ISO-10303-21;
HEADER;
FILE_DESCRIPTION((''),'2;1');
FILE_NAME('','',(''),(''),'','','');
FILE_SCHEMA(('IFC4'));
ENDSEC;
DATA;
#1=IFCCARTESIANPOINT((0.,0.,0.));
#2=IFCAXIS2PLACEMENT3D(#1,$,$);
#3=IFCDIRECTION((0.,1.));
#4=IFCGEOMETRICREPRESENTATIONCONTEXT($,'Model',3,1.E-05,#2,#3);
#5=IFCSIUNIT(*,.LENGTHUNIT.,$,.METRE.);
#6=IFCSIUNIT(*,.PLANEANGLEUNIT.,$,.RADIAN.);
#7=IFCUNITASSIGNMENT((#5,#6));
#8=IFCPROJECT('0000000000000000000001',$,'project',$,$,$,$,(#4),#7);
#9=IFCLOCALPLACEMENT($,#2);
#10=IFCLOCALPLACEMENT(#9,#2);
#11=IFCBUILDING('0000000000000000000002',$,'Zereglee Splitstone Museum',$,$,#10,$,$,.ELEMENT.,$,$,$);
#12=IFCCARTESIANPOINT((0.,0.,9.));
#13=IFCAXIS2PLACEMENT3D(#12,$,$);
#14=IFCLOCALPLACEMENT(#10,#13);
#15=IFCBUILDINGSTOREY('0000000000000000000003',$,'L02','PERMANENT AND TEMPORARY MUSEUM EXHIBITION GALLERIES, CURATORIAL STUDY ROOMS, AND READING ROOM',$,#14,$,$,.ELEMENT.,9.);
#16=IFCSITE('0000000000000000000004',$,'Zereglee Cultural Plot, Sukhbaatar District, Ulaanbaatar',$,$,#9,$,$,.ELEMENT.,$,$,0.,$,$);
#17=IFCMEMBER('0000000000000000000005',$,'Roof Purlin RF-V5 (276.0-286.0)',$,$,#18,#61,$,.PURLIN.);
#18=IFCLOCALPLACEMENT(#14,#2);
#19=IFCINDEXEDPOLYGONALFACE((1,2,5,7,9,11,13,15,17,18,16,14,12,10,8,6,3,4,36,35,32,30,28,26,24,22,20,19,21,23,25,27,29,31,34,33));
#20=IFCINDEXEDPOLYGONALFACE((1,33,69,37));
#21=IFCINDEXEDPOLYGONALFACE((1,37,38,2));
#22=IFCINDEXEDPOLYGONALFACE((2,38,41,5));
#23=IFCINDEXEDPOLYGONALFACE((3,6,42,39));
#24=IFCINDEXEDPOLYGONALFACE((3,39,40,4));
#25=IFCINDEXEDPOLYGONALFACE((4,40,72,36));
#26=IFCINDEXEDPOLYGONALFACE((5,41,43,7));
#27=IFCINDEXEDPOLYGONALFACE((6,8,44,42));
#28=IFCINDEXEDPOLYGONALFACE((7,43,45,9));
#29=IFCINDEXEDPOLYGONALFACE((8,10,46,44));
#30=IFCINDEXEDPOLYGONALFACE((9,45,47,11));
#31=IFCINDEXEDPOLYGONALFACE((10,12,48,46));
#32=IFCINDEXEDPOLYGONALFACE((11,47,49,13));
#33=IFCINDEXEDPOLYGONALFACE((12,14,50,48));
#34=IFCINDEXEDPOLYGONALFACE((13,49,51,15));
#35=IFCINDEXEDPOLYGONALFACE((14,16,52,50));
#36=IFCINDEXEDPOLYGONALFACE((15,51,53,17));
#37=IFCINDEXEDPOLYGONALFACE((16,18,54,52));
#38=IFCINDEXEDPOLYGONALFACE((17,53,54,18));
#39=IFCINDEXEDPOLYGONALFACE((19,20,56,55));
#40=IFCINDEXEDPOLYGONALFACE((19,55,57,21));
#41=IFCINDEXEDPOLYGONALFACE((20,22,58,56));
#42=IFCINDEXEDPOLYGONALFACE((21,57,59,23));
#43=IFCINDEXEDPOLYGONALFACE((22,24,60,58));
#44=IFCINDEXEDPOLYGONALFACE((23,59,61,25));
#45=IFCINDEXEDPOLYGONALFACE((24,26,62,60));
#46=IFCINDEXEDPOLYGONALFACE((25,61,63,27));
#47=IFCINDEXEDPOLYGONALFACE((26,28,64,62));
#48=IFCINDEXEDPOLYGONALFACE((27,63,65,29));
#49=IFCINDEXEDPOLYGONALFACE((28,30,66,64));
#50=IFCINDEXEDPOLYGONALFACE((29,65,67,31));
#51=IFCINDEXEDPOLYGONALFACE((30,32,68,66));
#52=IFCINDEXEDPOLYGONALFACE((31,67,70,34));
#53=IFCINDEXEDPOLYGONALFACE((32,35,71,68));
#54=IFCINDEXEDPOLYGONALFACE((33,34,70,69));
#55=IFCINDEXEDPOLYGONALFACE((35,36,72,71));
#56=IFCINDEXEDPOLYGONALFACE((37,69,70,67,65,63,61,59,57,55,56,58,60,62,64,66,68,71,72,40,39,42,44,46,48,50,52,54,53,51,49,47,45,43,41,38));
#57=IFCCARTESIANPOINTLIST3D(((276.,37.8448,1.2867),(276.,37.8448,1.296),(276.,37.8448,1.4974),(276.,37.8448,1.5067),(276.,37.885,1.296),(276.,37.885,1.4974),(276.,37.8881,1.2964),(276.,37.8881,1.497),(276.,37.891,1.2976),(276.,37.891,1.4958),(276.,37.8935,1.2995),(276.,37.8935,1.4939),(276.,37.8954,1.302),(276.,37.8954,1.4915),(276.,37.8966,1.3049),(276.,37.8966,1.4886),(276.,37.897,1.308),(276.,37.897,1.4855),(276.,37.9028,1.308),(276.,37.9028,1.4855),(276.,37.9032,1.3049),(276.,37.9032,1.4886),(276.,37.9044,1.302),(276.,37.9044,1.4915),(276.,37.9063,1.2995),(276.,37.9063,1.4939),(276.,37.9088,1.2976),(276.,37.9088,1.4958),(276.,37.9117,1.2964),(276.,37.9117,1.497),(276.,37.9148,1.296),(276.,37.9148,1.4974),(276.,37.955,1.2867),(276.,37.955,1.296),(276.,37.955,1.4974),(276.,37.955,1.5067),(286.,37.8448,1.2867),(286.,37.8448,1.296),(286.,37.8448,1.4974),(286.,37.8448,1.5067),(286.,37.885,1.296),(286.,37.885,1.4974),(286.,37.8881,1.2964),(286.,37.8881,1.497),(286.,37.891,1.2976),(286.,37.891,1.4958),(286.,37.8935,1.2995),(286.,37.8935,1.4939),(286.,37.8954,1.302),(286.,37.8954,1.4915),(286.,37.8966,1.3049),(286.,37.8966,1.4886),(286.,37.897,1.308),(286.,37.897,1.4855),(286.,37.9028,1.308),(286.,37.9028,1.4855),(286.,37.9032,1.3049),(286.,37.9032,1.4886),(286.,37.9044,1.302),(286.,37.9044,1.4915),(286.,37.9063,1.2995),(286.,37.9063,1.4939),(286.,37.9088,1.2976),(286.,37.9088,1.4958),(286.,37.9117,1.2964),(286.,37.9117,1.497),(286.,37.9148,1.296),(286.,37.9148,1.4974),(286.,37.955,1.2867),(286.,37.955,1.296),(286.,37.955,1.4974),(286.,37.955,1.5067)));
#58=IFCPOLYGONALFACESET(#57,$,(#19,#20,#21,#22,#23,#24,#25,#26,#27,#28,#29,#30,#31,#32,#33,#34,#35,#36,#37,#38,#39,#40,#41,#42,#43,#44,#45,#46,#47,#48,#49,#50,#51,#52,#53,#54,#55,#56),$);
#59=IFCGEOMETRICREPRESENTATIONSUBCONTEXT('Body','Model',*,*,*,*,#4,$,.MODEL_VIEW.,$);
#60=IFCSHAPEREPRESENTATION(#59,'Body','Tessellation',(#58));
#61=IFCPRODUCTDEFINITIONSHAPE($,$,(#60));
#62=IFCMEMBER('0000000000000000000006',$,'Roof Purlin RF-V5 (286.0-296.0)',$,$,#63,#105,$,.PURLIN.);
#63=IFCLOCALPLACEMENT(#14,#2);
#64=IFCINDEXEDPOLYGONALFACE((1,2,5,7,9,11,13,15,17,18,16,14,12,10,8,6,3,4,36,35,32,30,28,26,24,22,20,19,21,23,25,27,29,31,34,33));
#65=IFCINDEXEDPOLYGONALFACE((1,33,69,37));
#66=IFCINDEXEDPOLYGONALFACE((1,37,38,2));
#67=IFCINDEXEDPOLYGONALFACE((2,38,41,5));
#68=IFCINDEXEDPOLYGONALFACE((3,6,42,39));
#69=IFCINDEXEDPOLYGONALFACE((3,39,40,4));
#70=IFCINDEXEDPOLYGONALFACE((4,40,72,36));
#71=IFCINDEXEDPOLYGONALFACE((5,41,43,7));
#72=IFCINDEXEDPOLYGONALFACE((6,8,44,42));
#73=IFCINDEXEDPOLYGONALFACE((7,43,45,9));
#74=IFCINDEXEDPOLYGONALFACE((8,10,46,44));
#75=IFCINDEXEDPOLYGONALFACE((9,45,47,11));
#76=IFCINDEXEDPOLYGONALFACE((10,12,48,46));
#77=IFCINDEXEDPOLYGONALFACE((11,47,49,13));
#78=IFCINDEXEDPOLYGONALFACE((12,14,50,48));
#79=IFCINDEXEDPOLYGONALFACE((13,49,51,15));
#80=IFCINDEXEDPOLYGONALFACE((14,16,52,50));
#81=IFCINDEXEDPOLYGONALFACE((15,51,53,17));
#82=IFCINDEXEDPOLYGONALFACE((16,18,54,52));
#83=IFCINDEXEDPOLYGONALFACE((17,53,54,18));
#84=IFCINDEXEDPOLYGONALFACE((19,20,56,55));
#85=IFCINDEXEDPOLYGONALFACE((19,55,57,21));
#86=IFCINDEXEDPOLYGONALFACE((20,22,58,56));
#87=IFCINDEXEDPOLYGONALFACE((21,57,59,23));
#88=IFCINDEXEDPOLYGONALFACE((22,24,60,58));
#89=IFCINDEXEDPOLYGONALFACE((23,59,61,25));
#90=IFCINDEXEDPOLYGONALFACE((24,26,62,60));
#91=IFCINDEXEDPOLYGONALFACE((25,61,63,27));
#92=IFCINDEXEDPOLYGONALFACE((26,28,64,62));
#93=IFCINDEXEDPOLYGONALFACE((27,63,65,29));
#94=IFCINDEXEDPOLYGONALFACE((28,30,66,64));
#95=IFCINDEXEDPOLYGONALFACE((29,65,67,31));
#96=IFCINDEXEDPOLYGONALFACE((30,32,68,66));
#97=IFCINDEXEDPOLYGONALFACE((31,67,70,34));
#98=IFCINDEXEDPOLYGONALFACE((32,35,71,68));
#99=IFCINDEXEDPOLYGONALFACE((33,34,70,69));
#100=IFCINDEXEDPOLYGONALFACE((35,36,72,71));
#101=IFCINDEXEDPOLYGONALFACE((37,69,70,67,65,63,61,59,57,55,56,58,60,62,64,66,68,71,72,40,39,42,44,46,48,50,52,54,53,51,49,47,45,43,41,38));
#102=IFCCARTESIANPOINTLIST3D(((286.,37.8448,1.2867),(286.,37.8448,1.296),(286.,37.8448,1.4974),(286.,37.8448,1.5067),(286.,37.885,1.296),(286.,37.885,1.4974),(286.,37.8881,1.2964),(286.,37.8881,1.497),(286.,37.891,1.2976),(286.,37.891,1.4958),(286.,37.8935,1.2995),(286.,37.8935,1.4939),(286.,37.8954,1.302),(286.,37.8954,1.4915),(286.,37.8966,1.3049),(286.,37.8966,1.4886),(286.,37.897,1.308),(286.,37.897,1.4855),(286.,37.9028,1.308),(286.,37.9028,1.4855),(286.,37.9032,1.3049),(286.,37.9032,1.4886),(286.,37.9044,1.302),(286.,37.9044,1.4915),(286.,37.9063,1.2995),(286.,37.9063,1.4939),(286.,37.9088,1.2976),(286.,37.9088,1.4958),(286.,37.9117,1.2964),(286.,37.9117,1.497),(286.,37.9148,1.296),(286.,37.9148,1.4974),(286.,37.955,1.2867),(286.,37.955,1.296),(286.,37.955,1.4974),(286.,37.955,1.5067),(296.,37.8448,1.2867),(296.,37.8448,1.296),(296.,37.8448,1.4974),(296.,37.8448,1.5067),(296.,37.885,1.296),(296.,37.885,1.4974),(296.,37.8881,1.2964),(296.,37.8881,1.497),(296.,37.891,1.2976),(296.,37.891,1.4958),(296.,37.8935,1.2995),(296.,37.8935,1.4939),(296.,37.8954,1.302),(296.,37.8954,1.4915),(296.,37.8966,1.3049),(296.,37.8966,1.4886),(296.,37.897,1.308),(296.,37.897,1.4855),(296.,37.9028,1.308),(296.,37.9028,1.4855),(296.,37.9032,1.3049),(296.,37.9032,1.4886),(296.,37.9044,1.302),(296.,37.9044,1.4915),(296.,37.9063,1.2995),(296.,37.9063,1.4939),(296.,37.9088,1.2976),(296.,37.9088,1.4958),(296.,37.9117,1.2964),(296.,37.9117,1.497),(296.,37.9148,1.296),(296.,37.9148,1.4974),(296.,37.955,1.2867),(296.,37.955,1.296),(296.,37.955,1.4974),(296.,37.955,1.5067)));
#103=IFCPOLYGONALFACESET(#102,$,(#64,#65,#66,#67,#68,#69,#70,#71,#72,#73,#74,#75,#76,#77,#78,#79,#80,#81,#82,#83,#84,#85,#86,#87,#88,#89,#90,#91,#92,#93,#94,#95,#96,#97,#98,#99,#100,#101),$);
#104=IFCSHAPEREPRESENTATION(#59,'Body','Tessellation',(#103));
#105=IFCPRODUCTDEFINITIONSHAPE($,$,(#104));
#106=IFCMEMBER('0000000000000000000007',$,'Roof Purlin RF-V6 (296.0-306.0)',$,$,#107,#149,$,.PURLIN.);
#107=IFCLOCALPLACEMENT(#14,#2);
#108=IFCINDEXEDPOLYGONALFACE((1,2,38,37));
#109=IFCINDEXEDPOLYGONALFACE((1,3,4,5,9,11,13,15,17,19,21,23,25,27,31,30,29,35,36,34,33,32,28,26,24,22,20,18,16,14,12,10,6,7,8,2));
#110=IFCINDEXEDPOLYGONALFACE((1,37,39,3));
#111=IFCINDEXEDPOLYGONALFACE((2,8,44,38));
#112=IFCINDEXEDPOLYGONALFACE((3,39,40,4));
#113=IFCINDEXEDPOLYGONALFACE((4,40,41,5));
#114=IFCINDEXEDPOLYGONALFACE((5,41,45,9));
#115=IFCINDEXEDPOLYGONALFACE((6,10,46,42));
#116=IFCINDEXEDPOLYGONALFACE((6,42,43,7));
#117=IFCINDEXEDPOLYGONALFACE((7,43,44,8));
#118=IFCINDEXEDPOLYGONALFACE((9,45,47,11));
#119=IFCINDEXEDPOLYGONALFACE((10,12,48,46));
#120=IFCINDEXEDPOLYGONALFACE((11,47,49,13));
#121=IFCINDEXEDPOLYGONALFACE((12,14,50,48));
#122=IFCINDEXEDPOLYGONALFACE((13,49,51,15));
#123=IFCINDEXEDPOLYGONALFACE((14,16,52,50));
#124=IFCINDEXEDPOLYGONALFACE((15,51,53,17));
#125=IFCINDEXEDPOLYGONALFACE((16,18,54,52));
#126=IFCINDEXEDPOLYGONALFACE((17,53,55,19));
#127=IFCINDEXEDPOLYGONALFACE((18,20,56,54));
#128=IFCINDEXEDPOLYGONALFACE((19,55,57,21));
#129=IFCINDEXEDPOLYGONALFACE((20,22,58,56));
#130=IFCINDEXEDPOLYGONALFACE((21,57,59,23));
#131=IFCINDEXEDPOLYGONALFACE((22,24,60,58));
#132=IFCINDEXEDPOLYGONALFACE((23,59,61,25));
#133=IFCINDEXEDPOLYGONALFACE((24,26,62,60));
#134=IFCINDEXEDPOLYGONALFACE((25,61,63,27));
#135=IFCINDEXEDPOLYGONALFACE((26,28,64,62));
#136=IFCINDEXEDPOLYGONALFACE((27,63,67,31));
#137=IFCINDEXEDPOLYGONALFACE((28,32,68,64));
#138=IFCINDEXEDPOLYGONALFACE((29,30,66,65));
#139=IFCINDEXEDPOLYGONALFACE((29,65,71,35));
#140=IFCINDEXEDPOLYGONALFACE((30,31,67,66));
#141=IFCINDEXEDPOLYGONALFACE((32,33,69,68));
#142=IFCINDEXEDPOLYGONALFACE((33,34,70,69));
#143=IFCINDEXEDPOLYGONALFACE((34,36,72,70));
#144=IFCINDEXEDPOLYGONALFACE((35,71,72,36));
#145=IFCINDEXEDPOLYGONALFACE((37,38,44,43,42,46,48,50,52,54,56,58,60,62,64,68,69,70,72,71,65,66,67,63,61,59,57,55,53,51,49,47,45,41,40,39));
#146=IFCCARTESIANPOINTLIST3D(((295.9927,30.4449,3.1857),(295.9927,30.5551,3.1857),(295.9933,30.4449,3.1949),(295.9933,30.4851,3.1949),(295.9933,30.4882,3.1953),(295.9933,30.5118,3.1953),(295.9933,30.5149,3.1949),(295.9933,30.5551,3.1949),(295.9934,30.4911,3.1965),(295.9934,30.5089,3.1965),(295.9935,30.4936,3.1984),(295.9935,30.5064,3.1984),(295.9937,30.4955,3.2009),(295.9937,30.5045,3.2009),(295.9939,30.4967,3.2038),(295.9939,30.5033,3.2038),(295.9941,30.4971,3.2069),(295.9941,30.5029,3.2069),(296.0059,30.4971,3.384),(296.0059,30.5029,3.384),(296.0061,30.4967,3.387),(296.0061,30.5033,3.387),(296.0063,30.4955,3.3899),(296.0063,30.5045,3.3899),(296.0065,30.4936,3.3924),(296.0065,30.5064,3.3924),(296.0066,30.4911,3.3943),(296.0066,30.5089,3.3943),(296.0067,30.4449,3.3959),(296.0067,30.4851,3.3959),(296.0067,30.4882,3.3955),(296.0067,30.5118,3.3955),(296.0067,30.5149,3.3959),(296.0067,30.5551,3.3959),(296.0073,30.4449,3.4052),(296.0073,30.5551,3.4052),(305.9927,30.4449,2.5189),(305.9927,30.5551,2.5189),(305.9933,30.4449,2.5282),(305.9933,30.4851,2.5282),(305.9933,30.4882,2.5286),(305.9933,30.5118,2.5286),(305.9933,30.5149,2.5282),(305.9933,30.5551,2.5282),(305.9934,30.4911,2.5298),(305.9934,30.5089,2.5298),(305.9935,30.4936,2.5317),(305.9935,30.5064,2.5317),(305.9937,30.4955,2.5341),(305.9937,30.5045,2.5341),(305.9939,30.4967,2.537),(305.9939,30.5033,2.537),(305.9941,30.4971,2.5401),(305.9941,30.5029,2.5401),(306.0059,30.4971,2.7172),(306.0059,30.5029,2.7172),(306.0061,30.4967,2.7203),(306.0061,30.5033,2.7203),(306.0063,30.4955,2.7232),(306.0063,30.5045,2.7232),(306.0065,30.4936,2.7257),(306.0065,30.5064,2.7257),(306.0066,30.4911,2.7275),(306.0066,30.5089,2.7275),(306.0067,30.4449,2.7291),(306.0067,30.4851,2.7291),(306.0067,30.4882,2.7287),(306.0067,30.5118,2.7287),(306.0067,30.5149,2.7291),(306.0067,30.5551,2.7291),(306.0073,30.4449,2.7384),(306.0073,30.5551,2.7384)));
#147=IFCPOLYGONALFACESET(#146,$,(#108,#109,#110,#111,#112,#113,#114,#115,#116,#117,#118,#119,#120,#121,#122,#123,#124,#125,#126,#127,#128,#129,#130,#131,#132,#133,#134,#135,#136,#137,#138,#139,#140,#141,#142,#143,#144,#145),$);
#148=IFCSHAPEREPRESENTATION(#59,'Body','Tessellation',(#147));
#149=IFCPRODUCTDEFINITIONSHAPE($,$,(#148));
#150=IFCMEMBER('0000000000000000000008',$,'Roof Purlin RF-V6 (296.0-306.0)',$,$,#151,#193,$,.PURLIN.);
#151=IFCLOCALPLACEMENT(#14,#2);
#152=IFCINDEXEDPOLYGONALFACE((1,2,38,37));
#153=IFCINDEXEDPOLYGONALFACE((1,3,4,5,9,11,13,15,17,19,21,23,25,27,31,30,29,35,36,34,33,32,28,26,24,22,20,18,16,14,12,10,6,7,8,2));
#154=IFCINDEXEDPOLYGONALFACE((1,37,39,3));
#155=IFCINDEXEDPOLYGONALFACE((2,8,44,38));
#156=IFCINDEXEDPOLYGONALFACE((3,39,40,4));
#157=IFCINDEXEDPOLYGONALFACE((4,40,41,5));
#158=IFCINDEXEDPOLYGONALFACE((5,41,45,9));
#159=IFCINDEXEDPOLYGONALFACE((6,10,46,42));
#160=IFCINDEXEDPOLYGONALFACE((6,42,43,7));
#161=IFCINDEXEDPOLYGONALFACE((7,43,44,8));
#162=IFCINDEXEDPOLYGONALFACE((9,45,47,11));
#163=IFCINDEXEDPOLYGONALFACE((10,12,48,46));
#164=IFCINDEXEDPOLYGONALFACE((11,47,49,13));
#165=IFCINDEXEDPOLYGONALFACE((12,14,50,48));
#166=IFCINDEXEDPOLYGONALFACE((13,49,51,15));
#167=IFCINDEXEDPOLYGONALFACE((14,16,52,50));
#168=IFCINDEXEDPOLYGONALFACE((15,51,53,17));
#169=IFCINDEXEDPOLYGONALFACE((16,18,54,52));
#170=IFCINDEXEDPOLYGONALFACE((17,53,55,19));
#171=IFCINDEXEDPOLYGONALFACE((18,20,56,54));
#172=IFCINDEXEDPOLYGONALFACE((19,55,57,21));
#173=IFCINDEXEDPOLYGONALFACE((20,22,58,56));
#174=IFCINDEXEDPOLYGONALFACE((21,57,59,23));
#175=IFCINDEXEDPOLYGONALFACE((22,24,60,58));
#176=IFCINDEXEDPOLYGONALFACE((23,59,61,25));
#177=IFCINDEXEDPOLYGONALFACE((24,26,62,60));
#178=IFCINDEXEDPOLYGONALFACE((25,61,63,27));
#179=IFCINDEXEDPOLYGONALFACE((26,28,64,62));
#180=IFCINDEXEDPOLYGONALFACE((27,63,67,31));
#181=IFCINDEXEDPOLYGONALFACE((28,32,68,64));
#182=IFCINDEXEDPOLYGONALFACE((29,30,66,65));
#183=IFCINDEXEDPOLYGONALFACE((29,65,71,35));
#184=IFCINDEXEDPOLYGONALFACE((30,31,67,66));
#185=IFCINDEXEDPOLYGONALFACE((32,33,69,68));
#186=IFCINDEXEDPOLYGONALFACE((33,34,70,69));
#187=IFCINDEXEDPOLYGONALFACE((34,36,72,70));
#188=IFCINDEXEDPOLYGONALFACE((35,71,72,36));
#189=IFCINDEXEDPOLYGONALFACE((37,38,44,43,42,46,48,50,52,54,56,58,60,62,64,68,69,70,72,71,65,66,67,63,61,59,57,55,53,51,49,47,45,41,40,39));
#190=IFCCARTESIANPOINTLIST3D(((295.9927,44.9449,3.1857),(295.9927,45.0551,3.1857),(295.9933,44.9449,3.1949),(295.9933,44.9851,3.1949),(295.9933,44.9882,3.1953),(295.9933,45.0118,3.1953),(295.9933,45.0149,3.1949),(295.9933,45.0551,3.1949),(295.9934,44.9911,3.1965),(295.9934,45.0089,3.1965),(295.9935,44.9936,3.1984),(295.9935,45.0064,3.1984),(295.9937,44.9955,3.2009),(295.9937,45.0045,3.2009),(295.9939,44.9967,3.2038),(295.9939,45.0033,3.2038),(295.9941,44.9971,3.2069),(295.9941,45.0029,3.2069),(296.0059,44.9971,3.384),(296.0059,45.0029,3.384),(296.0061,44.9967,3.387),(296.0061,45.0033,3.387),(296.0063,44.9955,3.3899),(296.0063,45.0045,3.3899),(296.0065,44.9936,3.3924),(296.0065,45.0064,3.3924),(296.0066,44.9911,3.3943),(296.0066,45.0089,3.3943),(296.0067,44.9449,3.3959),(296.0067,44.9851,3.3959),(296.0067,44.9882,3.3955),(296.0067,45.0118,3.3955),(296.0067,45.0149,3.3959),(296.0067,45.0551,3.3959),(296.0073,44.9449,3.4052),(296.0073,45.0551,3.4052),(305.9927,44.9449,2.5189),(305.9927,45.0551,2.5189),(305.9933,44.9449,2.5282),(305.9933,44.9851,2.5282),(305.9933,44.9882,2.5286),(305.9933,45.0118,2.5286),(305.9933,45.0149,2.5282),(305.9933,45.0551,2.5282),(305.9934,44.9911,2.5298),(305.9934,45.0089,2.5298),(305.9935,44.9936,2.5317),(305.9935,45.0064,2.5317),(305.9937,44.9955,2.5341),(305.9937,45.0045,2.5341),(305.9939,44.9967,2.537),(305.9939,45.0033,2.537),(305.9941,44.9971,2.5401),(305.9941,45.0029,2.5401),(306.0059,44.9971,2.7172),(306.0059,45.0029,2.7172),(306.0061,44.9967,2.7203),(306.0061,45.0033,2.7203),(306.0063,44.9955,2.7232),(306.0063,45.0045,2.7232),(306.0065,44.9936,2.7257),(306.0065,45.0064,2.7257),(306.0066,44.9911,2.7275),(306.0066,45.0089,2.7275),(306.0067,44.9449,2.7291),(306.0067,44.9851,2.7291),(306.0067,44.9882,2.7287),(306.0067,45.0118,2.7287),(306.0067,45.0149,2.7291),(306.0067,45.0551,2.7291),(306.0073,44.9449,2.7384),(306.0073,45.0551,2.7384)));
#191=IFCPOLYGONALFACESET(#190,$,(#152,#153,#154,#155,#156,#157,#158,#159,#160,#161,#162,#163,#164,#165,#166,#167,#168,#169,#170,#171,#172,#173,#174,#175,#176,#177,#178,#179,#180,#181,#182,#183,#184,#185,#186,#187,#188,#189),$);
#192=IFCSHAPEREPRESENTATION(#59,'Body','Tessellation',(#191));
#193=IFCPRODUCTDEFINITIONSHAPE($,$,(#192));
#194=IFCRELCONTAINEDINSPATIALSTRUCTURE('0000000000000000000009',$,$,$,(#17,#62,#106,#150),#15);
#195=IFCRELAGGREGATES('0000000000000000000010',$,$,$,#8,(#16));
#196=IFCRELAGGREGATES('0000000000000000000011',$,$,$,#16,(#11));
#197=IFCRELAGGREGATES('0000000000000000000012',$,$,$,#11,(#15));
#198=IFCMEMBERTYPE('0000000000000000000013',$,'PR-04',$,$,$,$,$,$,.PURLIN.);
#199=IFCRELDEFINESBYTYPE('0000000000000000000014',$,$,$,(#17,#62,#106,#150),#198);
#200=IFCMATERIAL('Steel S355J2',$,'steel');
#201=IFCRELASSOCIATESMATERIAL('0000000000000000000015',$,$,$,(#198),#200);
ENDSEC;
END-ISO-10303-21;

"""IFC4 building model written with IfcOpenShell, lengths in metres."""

from ifc_helpers import new_model, si_unit, direction, frame, origin, origin_2d, place, context, subcontext, project, spatial, i_section, extrude, material, material_profile, profile_set, type_object, element, save


model = new_model("IFC4")

# Units and contexts
model_context = context("Model", 3, precision=1e-05, world=origin(), true_north=direction((0.0, 1.0)))
body_context = subcontext(model_context, "Body", "Model", "MODEL_VIEW")
ifc_project = project(units=[si_unit("LENGTHUNIT", "METRE"), si_unit("PLANEANGLEUNIT", "RADIAN")], contexts=[model_context])

# Site, building, storey
site_placement = place(None, origin())
site = spatial("IfcSite", under=ifc_project, at=site_placement, Name="Zereglee Cultural Plot, Sukhbaatar District, Ulaanbaatar", CompositionType="ELEMENT", RefElevation=0.0)
building_placement = place(site_placement, origin())
building = spatial("IfcBuilding", under=site, at=building_placement, Name="Zereglee Splitstone Museum", CompositionType="ELEMENT")
storey_placement = place(building_placement, frame((0.0, 0.0, 9.0)))
storey = spatial("IfcBuildingStorey", under=building, at=storey_placement, Name="L02", Description="PERMANENT AND TEMPORARY MUSEUM EXHIBITION GALLERIES, CURATORIAL STUDY ROOMS, AND READING ROOM", CompositionType="ELEMENT", Elevation=9.0)

# Shared definitions
ifc_material_1 = material(Name="Steel S355J2", Category="steel")

# Members
ifc_material_profile_1 = material_profile(ifc_material_1, i_section(OverallWidth=0.1101, OverallDepth=0.22, WebThickness=0.0059, FlangeThickness=0.0093, FilletRadius=0.012, at=origin_2d()), Name="IPE 220")
ifc_profile_set_1 = profile_set([ifc_material_profile_1], Name="Steel S355J2")
member_type_1 = type_object("IfcMemberType", Name="PR-04", PredefinedType="PURLIN", material=ifc_profile_set_1)
for number, where, z_axis, x_axis, name in (
    (1, (276.0, 37.8999, 1.3967), (1.0, 0.0, 0.0), (0.0, 1.0, 0.0), "Roof Purlin RF-V5 (276.0-286.0)"),
    (2, (286.0, 37.8999, 1.3967), (1.0, 0.0, 0.0), (0.0, 1.0, 0.0), "Roof Purlin RF-V5 (286.0-296.0)"),
):
    element("IfcMember", number, at=place(storey_placement, frame(where, z_axis=z_axis, x_axis=x_axis)), inside=storey, type_object=member_type_1, Name=name, PredefinedType="PURLIN", context=body_context, shape_type="SweptSolid", body=[
        extrude(i_section(OverallWidth=0.1101, OverallDepth=0.22, WebThickness=0.0059, FlangeThickness=0.0093, FilletRadius=0.012, at=origin_2d()), origin(), (0.0, 0.0, 1.0), 10.0),
    ])
for number, where, z_axis, x_axis, name in (
    (3, (296.0, 30.5, 3.2954), (0.997785, 0.0, -0.066527), (0.0, 1.0, 0.0), "Roof Purlin RF-V6 (296.0-306.0)"),
    (4, (296.0, 45.0, 3.2954), (0.997785, 0.0, -0.066527), (0.0, 1.0, 0.0), "Roof Purlin RF-V6 (296.0-306.0)"),
):
    element("IfcMember", number, at=place(storey_placement, frame(where, z_axis=z_axis, x_axis=x_axis)), inside=storey, type_object=member_type_1, Name=name, PredefinedType="PURLIN", context=body_context, shape_type="SweptSolid", body=[
        extrude(i_section(OverallWidth=0.1101, OverallDepth=0.22, WebThickness=0.0059, FlangeThickness=0.0093, FilletRadius=0.012, at=origin_2d()), origin(), (0.0, 0.0, 1.0), 10.0222),
    ])

save(model, "model.ifc")
